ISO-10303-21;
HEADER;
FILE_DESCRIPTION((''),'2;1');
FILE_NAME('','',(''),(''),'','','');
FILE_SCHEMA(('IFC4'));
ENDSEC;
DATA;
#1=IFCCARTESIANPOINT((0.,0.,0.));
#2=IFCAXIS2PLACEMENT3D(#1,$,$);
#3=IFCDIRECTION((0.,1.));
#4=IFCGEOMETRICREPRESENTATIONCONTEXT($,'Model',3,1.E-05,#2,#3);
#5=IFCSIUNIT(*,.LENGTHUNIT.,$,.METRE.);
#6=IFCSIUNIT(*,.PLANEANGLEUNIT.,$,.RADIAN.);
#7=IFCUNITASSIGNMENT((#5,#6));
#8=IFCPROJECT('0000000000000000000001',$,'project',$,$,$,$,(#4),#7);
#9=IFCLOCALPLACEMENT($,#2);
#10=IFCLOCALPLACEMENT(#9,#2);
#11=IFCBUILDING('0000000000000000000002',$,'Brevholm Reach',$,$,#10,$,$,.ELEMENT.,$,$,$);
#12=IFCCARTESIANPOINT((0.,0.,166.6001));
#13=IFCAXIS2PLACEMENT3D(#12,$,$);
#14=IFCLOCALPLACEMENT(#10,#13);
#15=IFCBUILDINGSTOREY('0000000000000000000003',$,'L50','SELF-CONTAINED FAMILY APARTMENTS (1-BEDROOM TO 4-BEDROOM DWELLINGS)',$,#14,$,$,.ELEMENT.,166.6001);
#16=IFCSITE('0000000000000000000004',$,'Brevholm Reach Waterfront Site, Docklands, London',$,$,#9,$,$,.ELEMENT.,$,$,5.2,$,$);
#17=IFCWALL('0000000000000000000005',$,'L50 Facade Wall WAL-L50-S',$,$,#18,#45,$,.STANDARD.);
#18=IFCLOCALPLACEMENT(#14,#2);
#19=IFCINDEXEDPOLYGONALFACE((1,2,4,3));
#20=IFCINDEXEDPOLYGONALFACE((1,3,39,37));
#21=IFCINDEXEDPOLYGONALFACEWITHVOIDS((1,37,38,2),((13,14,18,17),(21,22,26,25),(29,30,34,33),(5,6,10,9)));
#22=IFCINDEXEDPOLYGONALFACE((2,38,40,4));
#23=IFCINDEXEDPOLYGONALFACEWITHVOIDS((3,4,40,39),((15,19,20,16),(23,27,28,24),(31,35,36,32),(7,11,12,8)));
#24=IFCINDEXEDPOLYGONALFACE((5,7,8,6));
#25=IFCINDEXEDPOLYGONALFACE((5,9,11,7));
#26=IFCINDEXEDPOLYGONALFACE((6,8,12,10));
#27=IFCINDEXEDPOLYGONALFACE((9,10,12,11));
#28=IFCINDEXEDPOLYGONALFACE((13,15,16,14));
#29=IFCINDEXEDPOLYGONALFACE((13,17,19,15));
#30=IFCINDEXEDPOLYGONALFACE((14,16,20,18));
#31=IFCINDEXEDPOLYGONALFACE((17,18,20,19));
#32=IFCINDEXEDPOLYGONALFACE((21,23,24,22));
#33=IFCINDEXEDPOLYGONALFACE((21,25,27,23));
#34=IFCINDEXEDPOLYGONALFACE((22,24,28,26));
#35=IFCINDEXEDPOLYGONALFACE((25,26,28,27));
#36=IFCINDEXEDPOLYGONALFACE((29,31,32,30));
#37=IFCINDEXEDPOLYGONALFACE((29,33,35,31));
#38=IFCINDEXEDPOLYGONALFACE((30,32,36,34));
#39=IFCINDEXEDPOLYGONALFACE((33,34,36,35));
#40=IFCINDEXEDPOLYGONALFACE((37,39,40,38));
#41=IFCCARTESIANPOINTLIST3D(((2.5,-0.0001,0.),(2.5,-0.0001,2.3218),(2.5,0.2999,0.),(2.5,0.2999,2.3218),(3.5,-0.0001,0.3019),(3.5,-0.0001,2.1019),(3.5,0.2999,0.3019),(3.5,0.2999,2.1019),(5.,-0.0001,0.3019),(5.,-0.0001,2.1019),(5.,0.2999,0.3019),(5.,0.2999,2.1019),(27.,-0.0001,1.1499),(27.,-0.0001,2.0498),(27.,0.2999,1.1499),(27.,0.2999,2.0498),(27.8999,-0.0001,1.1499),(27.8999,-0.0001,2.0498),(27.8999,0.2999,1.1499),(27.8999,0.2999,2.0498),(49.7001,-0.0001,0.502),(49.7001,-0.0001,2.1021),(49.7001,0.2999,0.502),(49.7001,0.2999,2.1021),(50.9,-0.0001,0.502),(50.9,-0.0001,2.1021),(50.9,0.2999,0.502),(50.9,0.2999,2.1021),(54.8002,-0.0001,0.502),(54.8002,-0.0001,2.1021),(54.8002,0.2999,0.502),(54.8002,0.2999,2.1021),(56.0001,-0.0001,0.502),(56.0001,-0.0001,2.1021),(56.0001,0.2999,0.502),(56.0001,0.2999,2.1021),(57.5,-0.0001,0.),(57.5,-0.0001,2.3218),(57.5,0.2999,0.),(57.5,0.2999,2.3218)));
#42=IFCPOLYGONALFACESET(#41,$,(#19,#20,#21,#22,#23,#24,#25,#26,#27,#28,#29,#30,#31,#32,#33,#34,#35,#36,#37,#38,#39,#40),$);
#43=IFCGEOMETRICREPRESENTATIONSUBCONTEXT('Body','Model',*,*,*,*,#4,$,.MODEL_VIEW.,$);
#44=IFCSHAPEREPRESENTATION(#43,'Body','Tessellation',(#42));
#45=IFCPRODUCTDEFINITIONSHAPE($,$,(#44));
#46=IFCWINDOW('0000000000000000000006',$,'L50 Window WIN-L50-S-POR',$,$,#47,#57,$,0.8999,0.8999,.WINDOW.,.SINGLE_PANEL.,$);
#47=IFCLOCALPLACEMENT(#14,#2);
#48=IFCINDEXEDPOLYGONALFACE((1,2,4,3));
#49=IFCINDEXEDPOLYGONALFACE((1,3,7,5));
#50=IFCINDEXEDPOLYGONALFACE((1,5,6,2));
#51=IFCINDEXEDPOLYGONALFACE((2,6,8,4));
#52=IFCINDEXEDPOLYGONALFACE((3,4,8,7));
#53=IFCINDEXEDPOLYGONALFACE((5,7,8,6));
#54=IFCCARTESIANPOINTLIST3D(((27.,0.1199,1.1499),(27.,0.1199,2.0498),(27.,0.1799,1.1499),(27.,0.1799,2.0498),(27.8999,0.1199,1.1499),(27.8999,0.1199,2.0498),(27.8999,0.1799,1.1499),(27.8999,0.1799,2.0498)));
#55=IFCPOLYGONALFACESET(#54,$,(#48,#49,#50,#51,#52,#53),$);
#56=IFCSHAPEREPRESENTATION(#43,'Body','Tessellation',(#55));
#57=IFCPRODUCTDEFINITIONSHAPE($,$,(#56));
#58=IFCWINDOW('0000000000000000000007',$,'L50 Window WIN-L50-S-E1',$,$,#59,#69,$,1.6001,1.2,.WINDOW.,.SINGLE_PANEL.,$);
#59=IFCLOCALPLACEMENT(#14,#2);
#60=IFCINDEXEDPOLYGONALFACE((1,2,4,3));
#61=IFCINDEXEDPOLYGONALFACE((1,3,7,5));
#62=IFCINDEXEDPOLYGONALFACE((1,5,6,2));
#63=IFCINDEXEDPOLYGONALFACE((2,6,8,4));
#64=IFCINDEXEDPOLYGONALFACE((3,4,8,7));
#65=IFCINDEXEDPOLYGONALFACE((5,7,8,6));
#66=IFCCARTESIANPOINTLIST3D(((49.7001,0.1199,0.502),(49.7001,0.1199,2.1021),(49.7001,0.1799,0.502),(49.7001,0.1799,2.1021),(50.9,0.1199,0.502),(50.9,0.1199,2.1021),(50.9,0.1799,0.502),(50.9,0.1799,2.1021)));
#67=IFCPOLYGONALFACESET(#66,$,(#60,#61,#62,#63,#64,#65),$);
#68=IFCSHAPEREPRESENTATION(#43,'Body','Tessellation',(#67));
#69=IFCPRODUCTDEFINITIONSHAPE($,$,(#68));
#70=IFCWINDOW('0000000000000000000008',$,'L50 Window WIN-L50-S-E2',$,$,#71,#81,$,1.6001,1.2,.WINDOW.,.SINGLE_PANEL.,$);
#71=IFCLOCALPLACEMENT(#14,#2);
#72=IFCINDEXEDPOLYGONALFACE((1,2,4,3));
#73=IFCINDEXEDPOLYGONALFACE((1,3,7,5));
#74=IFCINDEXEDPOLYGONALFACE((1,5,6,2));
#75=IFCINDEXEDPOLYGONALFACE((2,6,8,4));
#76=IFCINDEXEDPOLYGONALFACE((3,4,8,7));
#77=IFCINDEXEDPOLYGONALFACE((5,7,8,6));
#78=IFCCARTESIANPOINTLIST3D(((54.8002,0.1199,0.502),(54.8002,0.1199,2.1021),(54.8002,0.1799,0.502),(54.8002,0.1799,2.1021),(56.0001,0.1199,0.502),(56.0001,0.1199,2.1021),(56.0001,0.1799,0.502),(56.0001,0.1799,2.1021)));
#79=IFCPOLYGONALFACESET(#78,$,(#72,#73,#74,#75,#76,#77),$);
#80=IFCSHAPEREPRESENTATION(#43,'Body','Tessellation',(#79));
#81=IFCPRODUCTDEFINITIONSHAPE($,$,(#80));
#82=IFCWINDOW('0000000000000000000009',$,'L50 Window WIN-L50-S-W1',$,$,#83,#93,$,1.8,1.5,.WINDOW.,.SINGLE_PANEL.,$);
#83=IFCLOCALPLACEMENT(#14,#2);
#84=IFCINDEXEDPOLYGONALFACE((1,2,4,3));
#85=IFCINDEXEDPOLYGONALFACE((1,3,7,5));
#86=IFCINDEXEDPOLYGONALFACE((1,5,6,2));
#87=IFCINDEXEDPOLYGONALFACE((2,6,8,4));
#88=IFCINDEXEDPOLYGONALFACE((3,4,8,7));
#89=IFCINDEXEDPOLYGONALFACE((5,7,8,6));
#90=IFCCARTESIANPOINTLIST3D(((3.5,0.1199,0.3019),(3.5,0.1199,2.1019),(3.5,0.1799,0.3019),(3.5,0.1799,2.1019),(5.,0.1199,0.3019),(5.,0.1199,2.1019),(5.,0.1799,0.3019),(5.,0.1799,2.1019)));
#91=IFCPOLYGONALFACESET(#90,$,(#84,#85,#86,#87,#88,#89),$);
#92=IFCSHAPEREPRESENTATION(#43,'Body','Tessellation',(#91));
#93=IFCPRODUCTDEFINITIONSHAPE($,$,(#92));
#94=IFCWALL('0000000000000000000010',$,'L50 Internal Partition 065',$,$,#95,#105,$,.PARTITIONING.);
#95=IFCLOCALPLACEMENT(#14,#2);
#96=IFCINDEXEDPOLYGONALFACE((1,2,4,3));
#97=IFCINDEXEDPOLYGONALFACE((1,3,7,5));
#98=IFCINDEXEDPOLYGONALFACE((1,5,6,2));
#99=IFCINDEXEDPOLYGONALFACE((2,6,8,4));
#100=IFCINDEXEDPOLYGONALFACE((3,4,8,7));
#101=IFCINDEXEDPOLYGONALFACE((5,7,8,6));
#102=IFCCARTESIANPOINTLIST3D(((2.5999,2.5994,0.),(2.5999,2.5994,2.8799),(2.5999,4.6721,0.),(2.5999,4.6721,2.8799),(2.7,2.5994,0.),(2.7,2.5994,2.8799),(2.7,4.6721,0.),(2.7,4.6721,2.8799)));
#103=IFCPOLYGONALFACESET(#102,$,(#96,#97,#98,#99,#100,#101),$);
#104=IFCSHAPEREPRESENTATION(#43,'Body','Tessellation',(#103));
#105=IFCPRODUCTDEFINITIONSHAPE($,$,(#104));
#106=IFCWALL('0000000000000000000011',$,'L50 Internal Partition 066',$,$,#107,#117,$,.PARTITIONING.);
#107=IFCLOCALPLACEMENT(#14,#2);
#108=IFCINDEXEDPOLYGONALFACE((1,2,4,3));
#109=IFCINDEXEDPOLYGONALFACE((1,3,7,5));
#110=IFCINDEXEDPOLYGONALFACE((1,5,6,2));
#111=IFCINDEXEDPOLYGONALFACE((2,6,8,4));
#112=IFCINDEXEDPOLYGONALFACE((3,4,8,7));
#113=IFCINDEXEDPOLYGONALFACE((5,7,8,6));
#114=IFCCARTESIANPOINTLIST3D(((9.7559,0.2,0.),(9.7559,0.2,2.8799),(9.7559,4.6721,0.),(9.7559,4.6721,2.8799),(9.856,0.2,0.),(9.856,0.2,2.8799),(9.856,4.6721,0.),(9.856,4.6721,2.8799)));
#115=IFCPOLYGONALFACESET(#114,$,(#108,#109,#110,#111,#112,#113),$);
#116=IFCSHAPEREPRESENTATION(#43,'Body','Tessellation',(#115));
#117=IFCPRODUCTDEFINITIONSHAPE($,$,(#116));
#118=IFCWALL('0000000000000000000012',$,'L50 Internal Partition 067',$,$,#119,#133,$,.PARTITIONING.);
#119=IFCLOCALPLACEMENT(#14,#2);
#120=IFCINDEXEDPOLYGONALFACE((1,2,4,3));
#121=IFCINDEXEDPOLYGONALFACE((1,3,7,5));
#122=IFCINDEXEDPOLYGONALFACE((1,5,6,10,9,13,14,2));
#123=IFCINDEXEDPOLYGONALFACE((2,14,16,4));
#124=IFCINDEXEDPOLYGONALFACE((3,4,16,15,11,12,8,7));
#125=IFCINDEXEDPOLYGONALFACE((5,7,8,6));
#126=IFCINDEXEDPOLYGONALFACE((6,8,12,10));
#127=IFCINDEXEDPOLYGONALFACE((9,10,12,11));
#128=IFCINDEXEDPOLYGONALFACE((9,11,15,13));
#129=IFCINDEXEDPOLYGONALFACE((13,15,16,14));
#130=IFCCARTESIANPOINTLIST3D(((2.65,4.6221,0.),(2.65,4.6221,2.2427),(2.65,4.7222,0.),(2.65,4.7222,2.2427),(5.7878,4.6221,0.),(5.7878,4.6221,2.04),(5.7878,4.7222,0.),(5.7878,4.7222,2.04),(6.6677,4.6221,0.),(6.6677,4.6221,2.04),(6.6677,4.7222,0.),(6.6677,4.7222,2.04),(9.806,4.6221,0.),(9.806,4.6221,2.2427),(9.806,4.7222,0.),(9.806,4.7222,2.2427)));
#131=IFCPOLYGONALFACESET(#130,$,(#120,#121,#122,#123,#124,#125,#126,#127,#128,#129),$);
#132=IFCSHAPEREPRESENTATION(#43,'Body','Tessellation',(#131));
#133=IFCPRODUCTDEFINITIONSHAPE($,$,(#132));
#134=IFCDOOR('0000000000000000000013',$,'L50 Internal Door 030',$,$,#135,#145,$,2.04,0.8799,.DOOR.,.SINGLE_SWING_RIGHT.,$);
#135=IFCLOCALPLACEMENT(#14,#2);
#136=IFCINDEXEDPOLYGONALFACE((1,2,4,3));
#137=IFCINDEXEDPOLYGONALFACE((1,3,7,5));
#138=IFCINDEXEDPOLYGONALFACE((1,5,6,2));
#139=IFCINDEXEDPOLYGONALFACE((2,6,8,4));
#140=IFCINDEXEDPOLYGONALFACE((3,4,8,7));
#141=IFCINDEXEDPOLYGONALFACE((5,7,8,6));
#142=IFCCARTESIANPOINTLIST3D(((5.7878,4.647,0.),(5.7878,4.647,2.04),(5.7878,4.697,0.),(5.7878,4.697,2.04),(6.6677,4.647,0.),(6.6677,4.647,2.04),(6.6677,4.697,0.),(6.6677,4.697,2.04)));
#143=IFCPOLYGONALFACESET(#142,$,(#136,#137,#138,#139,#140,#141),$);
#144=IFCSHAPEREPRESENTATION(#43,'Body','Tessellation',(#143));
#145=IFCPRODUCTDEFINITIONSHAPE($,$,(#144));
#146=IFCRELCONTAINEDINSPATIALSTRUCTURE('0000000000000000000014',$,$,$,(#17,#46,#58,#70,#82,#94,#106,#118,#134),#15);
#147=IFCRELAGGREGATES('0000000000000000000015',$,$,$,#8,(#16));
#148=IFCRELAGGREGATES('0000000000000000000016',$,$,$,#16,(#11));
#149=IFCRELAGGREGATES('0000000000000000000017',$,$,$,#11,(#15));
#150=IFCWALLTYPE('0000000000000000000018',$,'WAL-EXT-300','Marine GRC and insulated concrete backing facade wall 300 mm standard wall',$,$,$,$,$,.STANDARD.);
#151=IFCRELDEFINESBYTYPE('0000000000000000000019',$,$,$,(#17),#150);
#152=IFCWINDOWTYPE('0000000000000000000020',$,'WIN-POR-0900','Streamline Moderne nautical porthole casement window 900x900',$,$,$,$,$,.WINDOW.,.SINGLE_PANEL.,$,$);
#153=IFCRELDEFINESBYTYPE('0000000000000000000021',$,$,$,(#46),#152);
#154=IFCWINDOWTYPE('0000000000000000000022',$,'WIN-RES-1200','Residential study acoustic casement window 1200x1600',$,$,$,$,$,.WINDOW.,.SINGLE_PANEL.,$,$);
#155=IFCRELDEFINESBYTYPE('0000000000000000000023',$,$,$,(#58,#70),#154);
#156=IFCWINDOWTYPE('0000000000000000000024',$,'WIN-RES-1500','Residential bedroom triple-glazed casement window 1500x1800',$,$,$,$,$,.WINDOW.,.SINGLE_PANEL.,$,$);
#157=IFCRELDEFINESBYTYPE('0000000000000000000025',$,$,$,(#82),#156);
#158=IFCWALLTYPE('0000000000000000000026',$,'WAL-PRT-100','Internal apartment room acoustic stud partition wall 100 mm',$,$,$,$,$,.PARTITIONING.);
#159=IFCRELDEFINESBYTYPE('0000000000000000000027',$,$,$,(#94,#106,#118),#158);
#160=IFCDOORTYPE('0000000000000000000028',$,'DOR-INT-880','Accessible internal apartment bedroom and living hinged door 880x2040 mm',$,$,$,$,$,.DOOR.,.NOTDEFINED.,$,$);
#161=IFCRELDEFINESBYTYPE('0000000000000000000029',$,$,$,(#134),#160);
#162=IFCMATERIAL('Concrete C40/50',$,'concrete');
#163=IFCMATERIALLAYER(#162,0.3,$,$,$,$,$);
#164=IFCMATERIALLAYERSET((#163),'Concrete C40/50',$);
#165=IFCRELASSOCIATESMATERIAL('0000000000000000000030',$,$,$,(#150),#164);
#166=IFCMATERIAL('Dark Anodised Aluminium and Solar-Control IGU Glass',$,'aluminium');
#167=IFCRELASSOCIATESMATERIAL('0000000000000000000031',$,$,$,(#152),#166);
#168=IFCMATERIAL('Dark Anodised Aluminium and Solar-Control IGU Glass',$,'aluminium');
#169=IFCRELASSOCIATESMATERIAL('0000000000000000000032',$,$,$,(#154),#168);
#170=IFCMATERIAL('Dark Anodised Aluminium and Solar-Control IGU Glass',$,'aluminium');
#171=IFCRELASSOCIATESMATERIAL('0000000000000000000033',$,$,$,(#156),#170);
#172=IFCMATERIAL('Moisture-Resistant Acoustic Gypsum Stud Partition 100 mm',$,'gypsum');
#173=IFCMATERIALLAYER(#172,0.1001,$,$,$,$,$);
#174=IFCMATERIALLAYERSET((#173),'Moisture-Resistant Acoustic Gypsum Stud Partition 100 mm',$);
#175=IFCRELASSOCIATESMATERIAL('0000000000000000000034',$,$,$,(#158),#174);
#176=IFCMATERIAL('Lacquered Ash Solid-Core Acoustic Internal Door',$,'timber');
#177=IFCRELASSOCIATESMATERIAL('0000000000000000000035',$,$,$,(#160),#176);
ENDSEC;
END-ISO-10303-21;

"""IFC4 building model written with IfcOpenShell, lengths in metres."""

from ifc_helpers import new_model, si_unit, direction, frame, frame_2d, origin, place, context, subcontext, project, spatial, rectangle, extrude, material, layer, layer_set, type_object, element, fill, save


model = new_model("IFC4")

# Units and contexts
model_context = context("Model", 3, precision=1e-05, world=origin(), true_north=direction((0.0, 1.0)))
body_context = subcontext(model_context, "Body", "Model", "MODEL_VIEW")
ifc_project = project(units=[si_unit("LENGTHUNIT", "METRE"), si_unit("PLANEANGLEUNIT", "RADIAN")], contexts=[model_context])

# Site, building, storey
site_placement = place(None, origin())
site = spatial("IfcSite", under=ifc_project, at=site_placement, Name="Brevholm Reach Waterfront Site, Docklands, London", CompositionType="ELEMENT", RefElevation=5.2)
building_placement = place(site_placement, origin())
building = spatial("IfcBuilding", under=site, at=building_placement, Name="Brevholm Reach", CompositionType="ELEMENT")
storey_placement = place(building_placement, frame((0.0, 0.0, 166.6001)))
storey = spatial("IfcBuildingStorey", under=building, at=storey_placement, Name="L50", Description="SELF-CONTAINED FAMILY APARTMENTS (1-BEDROOM TO 4-BEDROOM DWELLINGS)", CompositionType="ELEMENT", Elevation=166.6001)

# Shared definitions
ifc_material_1 = material(Name="Concrete C40/50", Category="concrete")
ifc_layer_1 = layer(ifc_material_1, 0.3)
ifc_layer_set_1 = layer_set([ifc_layer_1], Name="Concrete C40/50")
wall_type_1 = type_object("IfcWallType", Name="WAL-EXT-300", Description="Marine GRC and insulated concrete backing facade wall 300 mm standard wall", PredefinedType="STANDARD", material=ifc_layer_set_1)

# Wall, openings, windows
wall_1_placement = place(storey_placement, frame((2.5, 0.1499, 0.0), z_axis=(0.0, 0.0, 1.0), x_axis=(1.0, 0.0, 0.0)))
wall_1 = element("IfcWall", 1, at=wall_1_placement, inside=storey, type_object=wall_type_1, Name="L50 Facade Wall WAL-L50-S", PredefinedType="STANDARD", context=body_context, shape_type="SweptSolid", body=[
    extrude(rectangle(XDim=55.0, YDim=0.3, at=frame_2d((27.5, 0.0))), origin(), (0.0, 0.0, 1.0), 2.3218),
])
opening_1_placement = place(wall_1_placement, frame((1.0, 0.0, 0.302)))
opening_1 = element("IfcOpeningElement", 2, at=opening_1_placement, cuts=wall_1, PredefinedType="OPENING", context=body_context, shape_type="SweptSolid", body=[
    extrude(rectangle(XDim=1.5, YDim=1.8, at=frame_2d((0.75, 0.8999))), frame((0.0, 0.1599, 0.0), z_axis=(0.0, -1.0, 0.0), x_axis=(1.0, 0.0, 0.0)), (0.0, 0.0, 1.0), 0.3201),
])
opening_2_placement = place(wall_1_placement, frame((24.5, 0.0, 1.1499)))
opening_2 = element("IfcOpeningElement", 3, at=opening_2_placement, cuts=wall_1, PredefinedType="OPENING", context=body_context, shape_type="SweptSolid", body=[
    extrude(rectangle(XDim=0.8999, YDim=0.8999, at=frame_2d((0.45, 0.45))), frame((0.0, 0.1599, 0.0), z_axis=(0.0, -1.0, 0.0), x_axis=(1.0, 0.0, 0.0)), (0.0, 0.0, 1.0), 0.3201),
])
opening_3_placement = place(wall_1_placement, frame((47.2, 0.0, 0.502)))
opening_3 = element("IfcOpeningElement", 4, at=opening_3_placement, cuts=wall_1, PredefinedType="OPENING", context=body_context, shape_type="SweptSolid", body=[
    extrude(rectangle(XDim=1.2, YDim=1.6001, at=frame_2d((0.6001, 0.8))), frame((0.0, 0.1599, 0.0), z_axis=(0.0, -1.0, 0.0), x_axis=(1.0, 0.0, 0.0)), (0.0, 0.0, 1.0), 0.3201),
])
opening_4_placement = place(wall_1_placement, frame((52.3, 0.0, 0.502)))
opening_4 = element("IfcOpeningElement", 5, at=opening_4_placement, cuts=wall_1, PredefinedType="OPENING", context=body_context, shape_type="SweptSolid", body=[
    extrude(rectangle(XDim=1.2, YDim=1.6001, at=frame_2d((0.6001, 0.8))), frame((0.0, 0.1599, 0.0), z_axis=(0.0, -1.0, 0.0), x_axis=(1.0, 0.0, 0.0)), (0.0, 0.0, 1.0), 0.3201),
])
ifc_material_2 = material(Name="Dark Anodised Aluminium and Solar-Control IGU Glass", Category="aluminium")
window_type_1 = type_object("IfcWindowType", Name="WIN-POR-0900", Description="Streamline Moderne nautical porthole casement window 900x900", PartitioningType="SINGLE_PANEL", PredefinedType="WINDOW", material=ifc_material_2)
window_1_placement = place(opening_2_placement, origin())
window_1 = element("IfcWindow", 6, at=window_1_placement, inside=storey, type_object=window_type_1, Name="L50 Window WIN-L50-S-POR", OverallHeight=0.8999, OverallWidth=0.8999, PartitioningType="SINGLE_PANEL", PredefinedType="WINDOW", context=body_context, shape_type="SweptSolid", body=[
    extrude(rectangle(XDim=0.8999, YDim=0.8999, at=frame_2d((0.45, 0.45))), frame((0.0, 0.03, 0.0), z_axis=(0.0, -1.0, 0.0), x_axis=(1.0, 0.0, 0.0)), (0.0, 0.0, 1.0), 0.0601),
])
fill(opening_2, window_1)
ifc_material_3 = material(Name="Dark Anodised Aluminium and Solar-Control IGU Glass", Category="aluminium")
window_type_2 = type_object("IfcWindowType", Name="WIN-RES-1200", Description="Residential study acoustic casement window 1200x1600", PartitioningType="SINGLE_PANEL", PredefinedType="WINDOW", material=ifc_material_3)
window_2_placement = place(opening_3_placement, origin())
window_2 = element("IfcWindow", 7, at=window_2_placement, inside=storey, type_object=window_type_2, Name="L50 Window WIN-L50-S-E1", OverallHeight=1.6001, OverallWidth=1.2, PartitioningType="SINGLE_PANEL", PredefinedType="WINDOW", context=body_context, shape_type="SweptSolid", body=[
    extrude(rectangle(XDim=1.2, YDim=1.6001, at=frame_2d((0.6001, 0.8))), frame((0.0, 0.03, 0.0), z_axis=(0.0, -1.0, 0.0), x_axis=(1.0, 0.0, 0.0)), (0.0, 0.0, 1.0), 0.0601),
])
fill(opening_3, window_2)
window_3_placement = place(opening_4_placement, origin())
window_3 = element("IfcWindow", 8, at=window_3_placement, inside=storey, type_object=window_type_2, Name="L50 Window WIN-L50-S-E2", OverallHeight=1.6001, OverallWidth=1.2, PartitioningType="SINGLE_PANEL", PredefinedType="WINDOW", context=body_context, shape_type="SweptSolid", body=[
    extrude(rectangle(XDim=1.2, YDim=1.6001, at=frame_2d((0.6001, 0.8))), frame((0.0, 0.03, 0.0), z_axis=(0.0, -1.0, 0.0), x_axis=(1.0, 0.0, 0.0)), (0.0, 0.0, 1.0), 0.0601),
])
fill(opening_4, window_3)
ifc_material_4 = material(Name="Dark Anodised Aluminium and Solar-Control IGU Glass", Category="aluminium")
window_type_3 = type_object("IfcWindowType", Name="WIN-RES-1500", Description="Residential bedroom triple-glazed casement window 1500x1800", PartitioningType="SINGLE_PANEL", PredefinedType="WINDOW", material=ifc_material_4)
window_4_placement = place(opening_1_placement, origin())
window_4 = element("IfcWindow", 9, at=window_4_placement, inside=storey, type_object=window_type_3, Name="L50 Window WIN-L50-S-W1", OverallHeight=1.8, OverallWidth=1.5, PartitioningType="SINGLE_PANEL", PredefinedType="WINDOW", context=body_context, shape_type="SweptSolid", body=[
    extrude(rectangle(XDim=1.5, YDim=1.8, at=frame_2d((0.75, 0.8999))), frame((0.0, 0.03, 0.0), z_axis=(0.0, -1.0, 0.0), x_axis=(1.0, 0.0, 0.0)), (0.0, 0.0, 1.0), 0.0601),
])
fill(opening_1, window_4)

# Walls
ifc_material_5 = material(Name="Moisture-Resistant Acoustic Gypsum Stud Partition 100 mm", Category="gypsum")
ifc_layer_2 = layer(ifc_material_5, 0.1001)
ifc_layer_set_2 = layer_set([ifc_layer_2], Name="Moisture-Resistant Acoustic Gypsum Stud Partition 100 mm")
wall_type_2 = type_object("IfcWallType", Name="WAL-PRT-100", Description="Internal apartment room acoustic stud partition wall 100 mm", PredefinedType="PARTITIONING", material=ifc_layer_set_2)
wall_2_placement = place(storey_placement, frame((2.6499, 2.5994, 0.0), z_axis=(0.0, 0.0, 1.0), x_axis=(0.0, 1.0, 0.0)))
element("IfcWall", 10, at=wall_2_placement, inside=storey, type_object=wall_type_2, Name="L50 Internal Partition 065", PredefinedType="PARTITIONING", context=body_context, shape_type="SweptSolid", body=[
    extrude(rectangle(XDim=2.0728, YDim=0.1001, at=frame_2d((1.0364, 0.0))), origin(), (0.0, 0.0, 1.0), 2.8799),
])
wall_3_placement = place(storey_placement, frame((9.8059, 0.2, 0.0), z_axis=(0.0, 0.0, 1.0), x_axis=(0.0, 1.0, 0.0)))
element("IfcWall", 11, at=wall_3_placement, inside=storey, type_object=wall_type_2, Name="L50 Internal Partition 066", PredefinedType="PARTITIONING", context=body_context, shape_type="SweptSolid", body=[
    extrude(rectangle(XDim=4.4722, YDim=0.1001, at=frame_2d((2.2361, 0.0))), origin(), (0.0, 0.0, 1.0), 2.8799),
])

# Wall, opening, door
wall_4_placement = place(storey_placement, frame((2.6499, 4.6721, 0.0), z_axis=(0.0, 0.0, 1.0), x_axis=(1.0, 0.0, 0.0)))
wall_4 = element("IfcWall", 12, at=wall_4_placement, inside=storey, type_object=wall_type_2, Name="L50 Internal Partition 067", PredefinedType="PARTITIONING", context=body_context, shape_type="SweptSolid", body=[
    extrude(rectangle(XDim=7.156, YDim=0.1001, at=frame_2d((3.5781, 0.0))), origin(), (0.0, 0.0, 1.0), 2.2427),
])
opening_5_placement = place(wall_4_placement, frame((3.1379, 0.0, 0.0)))
opening_5 = element("IfcOpeningElement", 13, at=opening_5_placement, cuts=wall_4, PredefinedType="OPENING", context=body_context, shape_type="SweptSolid", body=[
    extrude(rectangle(XDim=0.8799, YDim=2.04, at=frame_2d((0.4399, 1.02))), frame((0.0, 0.0601, 0.0), z_axis=(0.0, -1.0, 0.0), x_axis=(1.0, 0.0, 0.0)), (0.0, 0.0, 1.0), 0.1201),
])
ifc_material_6 = material(Name="Lacquered Ash Solid-Core Acoustic Internal Door", Category="timber")
door_type = type_object("IfcDoorType", Name="DOR-INT-880", Description="Accessible internal apartment bedroom and living hinged door 880x2040 mm", OperationType="NOTDEFINED", PredefinedType="DOOR", material=ifc_material_6)
door_placement = place(opening_5_placement, origin())
door = element("IfcDoor", 14, at=door_placement, inside=storey, type_object=door_type, Name="L50 Internal Door 030", OperationType="SINGLE_SWING_RIGHT", OverallHeight=2.04, OverallWidth=0.8799, PredefinedType="DOOR", context=body_context, shape_type="SweptSolid", body=[
    extrude(rectangle(XDim=0.8799, YDim=2.04, at=frame_2d((0.4399, 1.02))), frame((0.0, 0.0249, 0.0), z_axis=(0.0, -1.0, 0.0), x_axis=(1.0, 0.0, 0.0)), (0.0, 0.0, 1.0), 0.05),
])
fill(opening_5, door)

save(model, "model.ifc")
